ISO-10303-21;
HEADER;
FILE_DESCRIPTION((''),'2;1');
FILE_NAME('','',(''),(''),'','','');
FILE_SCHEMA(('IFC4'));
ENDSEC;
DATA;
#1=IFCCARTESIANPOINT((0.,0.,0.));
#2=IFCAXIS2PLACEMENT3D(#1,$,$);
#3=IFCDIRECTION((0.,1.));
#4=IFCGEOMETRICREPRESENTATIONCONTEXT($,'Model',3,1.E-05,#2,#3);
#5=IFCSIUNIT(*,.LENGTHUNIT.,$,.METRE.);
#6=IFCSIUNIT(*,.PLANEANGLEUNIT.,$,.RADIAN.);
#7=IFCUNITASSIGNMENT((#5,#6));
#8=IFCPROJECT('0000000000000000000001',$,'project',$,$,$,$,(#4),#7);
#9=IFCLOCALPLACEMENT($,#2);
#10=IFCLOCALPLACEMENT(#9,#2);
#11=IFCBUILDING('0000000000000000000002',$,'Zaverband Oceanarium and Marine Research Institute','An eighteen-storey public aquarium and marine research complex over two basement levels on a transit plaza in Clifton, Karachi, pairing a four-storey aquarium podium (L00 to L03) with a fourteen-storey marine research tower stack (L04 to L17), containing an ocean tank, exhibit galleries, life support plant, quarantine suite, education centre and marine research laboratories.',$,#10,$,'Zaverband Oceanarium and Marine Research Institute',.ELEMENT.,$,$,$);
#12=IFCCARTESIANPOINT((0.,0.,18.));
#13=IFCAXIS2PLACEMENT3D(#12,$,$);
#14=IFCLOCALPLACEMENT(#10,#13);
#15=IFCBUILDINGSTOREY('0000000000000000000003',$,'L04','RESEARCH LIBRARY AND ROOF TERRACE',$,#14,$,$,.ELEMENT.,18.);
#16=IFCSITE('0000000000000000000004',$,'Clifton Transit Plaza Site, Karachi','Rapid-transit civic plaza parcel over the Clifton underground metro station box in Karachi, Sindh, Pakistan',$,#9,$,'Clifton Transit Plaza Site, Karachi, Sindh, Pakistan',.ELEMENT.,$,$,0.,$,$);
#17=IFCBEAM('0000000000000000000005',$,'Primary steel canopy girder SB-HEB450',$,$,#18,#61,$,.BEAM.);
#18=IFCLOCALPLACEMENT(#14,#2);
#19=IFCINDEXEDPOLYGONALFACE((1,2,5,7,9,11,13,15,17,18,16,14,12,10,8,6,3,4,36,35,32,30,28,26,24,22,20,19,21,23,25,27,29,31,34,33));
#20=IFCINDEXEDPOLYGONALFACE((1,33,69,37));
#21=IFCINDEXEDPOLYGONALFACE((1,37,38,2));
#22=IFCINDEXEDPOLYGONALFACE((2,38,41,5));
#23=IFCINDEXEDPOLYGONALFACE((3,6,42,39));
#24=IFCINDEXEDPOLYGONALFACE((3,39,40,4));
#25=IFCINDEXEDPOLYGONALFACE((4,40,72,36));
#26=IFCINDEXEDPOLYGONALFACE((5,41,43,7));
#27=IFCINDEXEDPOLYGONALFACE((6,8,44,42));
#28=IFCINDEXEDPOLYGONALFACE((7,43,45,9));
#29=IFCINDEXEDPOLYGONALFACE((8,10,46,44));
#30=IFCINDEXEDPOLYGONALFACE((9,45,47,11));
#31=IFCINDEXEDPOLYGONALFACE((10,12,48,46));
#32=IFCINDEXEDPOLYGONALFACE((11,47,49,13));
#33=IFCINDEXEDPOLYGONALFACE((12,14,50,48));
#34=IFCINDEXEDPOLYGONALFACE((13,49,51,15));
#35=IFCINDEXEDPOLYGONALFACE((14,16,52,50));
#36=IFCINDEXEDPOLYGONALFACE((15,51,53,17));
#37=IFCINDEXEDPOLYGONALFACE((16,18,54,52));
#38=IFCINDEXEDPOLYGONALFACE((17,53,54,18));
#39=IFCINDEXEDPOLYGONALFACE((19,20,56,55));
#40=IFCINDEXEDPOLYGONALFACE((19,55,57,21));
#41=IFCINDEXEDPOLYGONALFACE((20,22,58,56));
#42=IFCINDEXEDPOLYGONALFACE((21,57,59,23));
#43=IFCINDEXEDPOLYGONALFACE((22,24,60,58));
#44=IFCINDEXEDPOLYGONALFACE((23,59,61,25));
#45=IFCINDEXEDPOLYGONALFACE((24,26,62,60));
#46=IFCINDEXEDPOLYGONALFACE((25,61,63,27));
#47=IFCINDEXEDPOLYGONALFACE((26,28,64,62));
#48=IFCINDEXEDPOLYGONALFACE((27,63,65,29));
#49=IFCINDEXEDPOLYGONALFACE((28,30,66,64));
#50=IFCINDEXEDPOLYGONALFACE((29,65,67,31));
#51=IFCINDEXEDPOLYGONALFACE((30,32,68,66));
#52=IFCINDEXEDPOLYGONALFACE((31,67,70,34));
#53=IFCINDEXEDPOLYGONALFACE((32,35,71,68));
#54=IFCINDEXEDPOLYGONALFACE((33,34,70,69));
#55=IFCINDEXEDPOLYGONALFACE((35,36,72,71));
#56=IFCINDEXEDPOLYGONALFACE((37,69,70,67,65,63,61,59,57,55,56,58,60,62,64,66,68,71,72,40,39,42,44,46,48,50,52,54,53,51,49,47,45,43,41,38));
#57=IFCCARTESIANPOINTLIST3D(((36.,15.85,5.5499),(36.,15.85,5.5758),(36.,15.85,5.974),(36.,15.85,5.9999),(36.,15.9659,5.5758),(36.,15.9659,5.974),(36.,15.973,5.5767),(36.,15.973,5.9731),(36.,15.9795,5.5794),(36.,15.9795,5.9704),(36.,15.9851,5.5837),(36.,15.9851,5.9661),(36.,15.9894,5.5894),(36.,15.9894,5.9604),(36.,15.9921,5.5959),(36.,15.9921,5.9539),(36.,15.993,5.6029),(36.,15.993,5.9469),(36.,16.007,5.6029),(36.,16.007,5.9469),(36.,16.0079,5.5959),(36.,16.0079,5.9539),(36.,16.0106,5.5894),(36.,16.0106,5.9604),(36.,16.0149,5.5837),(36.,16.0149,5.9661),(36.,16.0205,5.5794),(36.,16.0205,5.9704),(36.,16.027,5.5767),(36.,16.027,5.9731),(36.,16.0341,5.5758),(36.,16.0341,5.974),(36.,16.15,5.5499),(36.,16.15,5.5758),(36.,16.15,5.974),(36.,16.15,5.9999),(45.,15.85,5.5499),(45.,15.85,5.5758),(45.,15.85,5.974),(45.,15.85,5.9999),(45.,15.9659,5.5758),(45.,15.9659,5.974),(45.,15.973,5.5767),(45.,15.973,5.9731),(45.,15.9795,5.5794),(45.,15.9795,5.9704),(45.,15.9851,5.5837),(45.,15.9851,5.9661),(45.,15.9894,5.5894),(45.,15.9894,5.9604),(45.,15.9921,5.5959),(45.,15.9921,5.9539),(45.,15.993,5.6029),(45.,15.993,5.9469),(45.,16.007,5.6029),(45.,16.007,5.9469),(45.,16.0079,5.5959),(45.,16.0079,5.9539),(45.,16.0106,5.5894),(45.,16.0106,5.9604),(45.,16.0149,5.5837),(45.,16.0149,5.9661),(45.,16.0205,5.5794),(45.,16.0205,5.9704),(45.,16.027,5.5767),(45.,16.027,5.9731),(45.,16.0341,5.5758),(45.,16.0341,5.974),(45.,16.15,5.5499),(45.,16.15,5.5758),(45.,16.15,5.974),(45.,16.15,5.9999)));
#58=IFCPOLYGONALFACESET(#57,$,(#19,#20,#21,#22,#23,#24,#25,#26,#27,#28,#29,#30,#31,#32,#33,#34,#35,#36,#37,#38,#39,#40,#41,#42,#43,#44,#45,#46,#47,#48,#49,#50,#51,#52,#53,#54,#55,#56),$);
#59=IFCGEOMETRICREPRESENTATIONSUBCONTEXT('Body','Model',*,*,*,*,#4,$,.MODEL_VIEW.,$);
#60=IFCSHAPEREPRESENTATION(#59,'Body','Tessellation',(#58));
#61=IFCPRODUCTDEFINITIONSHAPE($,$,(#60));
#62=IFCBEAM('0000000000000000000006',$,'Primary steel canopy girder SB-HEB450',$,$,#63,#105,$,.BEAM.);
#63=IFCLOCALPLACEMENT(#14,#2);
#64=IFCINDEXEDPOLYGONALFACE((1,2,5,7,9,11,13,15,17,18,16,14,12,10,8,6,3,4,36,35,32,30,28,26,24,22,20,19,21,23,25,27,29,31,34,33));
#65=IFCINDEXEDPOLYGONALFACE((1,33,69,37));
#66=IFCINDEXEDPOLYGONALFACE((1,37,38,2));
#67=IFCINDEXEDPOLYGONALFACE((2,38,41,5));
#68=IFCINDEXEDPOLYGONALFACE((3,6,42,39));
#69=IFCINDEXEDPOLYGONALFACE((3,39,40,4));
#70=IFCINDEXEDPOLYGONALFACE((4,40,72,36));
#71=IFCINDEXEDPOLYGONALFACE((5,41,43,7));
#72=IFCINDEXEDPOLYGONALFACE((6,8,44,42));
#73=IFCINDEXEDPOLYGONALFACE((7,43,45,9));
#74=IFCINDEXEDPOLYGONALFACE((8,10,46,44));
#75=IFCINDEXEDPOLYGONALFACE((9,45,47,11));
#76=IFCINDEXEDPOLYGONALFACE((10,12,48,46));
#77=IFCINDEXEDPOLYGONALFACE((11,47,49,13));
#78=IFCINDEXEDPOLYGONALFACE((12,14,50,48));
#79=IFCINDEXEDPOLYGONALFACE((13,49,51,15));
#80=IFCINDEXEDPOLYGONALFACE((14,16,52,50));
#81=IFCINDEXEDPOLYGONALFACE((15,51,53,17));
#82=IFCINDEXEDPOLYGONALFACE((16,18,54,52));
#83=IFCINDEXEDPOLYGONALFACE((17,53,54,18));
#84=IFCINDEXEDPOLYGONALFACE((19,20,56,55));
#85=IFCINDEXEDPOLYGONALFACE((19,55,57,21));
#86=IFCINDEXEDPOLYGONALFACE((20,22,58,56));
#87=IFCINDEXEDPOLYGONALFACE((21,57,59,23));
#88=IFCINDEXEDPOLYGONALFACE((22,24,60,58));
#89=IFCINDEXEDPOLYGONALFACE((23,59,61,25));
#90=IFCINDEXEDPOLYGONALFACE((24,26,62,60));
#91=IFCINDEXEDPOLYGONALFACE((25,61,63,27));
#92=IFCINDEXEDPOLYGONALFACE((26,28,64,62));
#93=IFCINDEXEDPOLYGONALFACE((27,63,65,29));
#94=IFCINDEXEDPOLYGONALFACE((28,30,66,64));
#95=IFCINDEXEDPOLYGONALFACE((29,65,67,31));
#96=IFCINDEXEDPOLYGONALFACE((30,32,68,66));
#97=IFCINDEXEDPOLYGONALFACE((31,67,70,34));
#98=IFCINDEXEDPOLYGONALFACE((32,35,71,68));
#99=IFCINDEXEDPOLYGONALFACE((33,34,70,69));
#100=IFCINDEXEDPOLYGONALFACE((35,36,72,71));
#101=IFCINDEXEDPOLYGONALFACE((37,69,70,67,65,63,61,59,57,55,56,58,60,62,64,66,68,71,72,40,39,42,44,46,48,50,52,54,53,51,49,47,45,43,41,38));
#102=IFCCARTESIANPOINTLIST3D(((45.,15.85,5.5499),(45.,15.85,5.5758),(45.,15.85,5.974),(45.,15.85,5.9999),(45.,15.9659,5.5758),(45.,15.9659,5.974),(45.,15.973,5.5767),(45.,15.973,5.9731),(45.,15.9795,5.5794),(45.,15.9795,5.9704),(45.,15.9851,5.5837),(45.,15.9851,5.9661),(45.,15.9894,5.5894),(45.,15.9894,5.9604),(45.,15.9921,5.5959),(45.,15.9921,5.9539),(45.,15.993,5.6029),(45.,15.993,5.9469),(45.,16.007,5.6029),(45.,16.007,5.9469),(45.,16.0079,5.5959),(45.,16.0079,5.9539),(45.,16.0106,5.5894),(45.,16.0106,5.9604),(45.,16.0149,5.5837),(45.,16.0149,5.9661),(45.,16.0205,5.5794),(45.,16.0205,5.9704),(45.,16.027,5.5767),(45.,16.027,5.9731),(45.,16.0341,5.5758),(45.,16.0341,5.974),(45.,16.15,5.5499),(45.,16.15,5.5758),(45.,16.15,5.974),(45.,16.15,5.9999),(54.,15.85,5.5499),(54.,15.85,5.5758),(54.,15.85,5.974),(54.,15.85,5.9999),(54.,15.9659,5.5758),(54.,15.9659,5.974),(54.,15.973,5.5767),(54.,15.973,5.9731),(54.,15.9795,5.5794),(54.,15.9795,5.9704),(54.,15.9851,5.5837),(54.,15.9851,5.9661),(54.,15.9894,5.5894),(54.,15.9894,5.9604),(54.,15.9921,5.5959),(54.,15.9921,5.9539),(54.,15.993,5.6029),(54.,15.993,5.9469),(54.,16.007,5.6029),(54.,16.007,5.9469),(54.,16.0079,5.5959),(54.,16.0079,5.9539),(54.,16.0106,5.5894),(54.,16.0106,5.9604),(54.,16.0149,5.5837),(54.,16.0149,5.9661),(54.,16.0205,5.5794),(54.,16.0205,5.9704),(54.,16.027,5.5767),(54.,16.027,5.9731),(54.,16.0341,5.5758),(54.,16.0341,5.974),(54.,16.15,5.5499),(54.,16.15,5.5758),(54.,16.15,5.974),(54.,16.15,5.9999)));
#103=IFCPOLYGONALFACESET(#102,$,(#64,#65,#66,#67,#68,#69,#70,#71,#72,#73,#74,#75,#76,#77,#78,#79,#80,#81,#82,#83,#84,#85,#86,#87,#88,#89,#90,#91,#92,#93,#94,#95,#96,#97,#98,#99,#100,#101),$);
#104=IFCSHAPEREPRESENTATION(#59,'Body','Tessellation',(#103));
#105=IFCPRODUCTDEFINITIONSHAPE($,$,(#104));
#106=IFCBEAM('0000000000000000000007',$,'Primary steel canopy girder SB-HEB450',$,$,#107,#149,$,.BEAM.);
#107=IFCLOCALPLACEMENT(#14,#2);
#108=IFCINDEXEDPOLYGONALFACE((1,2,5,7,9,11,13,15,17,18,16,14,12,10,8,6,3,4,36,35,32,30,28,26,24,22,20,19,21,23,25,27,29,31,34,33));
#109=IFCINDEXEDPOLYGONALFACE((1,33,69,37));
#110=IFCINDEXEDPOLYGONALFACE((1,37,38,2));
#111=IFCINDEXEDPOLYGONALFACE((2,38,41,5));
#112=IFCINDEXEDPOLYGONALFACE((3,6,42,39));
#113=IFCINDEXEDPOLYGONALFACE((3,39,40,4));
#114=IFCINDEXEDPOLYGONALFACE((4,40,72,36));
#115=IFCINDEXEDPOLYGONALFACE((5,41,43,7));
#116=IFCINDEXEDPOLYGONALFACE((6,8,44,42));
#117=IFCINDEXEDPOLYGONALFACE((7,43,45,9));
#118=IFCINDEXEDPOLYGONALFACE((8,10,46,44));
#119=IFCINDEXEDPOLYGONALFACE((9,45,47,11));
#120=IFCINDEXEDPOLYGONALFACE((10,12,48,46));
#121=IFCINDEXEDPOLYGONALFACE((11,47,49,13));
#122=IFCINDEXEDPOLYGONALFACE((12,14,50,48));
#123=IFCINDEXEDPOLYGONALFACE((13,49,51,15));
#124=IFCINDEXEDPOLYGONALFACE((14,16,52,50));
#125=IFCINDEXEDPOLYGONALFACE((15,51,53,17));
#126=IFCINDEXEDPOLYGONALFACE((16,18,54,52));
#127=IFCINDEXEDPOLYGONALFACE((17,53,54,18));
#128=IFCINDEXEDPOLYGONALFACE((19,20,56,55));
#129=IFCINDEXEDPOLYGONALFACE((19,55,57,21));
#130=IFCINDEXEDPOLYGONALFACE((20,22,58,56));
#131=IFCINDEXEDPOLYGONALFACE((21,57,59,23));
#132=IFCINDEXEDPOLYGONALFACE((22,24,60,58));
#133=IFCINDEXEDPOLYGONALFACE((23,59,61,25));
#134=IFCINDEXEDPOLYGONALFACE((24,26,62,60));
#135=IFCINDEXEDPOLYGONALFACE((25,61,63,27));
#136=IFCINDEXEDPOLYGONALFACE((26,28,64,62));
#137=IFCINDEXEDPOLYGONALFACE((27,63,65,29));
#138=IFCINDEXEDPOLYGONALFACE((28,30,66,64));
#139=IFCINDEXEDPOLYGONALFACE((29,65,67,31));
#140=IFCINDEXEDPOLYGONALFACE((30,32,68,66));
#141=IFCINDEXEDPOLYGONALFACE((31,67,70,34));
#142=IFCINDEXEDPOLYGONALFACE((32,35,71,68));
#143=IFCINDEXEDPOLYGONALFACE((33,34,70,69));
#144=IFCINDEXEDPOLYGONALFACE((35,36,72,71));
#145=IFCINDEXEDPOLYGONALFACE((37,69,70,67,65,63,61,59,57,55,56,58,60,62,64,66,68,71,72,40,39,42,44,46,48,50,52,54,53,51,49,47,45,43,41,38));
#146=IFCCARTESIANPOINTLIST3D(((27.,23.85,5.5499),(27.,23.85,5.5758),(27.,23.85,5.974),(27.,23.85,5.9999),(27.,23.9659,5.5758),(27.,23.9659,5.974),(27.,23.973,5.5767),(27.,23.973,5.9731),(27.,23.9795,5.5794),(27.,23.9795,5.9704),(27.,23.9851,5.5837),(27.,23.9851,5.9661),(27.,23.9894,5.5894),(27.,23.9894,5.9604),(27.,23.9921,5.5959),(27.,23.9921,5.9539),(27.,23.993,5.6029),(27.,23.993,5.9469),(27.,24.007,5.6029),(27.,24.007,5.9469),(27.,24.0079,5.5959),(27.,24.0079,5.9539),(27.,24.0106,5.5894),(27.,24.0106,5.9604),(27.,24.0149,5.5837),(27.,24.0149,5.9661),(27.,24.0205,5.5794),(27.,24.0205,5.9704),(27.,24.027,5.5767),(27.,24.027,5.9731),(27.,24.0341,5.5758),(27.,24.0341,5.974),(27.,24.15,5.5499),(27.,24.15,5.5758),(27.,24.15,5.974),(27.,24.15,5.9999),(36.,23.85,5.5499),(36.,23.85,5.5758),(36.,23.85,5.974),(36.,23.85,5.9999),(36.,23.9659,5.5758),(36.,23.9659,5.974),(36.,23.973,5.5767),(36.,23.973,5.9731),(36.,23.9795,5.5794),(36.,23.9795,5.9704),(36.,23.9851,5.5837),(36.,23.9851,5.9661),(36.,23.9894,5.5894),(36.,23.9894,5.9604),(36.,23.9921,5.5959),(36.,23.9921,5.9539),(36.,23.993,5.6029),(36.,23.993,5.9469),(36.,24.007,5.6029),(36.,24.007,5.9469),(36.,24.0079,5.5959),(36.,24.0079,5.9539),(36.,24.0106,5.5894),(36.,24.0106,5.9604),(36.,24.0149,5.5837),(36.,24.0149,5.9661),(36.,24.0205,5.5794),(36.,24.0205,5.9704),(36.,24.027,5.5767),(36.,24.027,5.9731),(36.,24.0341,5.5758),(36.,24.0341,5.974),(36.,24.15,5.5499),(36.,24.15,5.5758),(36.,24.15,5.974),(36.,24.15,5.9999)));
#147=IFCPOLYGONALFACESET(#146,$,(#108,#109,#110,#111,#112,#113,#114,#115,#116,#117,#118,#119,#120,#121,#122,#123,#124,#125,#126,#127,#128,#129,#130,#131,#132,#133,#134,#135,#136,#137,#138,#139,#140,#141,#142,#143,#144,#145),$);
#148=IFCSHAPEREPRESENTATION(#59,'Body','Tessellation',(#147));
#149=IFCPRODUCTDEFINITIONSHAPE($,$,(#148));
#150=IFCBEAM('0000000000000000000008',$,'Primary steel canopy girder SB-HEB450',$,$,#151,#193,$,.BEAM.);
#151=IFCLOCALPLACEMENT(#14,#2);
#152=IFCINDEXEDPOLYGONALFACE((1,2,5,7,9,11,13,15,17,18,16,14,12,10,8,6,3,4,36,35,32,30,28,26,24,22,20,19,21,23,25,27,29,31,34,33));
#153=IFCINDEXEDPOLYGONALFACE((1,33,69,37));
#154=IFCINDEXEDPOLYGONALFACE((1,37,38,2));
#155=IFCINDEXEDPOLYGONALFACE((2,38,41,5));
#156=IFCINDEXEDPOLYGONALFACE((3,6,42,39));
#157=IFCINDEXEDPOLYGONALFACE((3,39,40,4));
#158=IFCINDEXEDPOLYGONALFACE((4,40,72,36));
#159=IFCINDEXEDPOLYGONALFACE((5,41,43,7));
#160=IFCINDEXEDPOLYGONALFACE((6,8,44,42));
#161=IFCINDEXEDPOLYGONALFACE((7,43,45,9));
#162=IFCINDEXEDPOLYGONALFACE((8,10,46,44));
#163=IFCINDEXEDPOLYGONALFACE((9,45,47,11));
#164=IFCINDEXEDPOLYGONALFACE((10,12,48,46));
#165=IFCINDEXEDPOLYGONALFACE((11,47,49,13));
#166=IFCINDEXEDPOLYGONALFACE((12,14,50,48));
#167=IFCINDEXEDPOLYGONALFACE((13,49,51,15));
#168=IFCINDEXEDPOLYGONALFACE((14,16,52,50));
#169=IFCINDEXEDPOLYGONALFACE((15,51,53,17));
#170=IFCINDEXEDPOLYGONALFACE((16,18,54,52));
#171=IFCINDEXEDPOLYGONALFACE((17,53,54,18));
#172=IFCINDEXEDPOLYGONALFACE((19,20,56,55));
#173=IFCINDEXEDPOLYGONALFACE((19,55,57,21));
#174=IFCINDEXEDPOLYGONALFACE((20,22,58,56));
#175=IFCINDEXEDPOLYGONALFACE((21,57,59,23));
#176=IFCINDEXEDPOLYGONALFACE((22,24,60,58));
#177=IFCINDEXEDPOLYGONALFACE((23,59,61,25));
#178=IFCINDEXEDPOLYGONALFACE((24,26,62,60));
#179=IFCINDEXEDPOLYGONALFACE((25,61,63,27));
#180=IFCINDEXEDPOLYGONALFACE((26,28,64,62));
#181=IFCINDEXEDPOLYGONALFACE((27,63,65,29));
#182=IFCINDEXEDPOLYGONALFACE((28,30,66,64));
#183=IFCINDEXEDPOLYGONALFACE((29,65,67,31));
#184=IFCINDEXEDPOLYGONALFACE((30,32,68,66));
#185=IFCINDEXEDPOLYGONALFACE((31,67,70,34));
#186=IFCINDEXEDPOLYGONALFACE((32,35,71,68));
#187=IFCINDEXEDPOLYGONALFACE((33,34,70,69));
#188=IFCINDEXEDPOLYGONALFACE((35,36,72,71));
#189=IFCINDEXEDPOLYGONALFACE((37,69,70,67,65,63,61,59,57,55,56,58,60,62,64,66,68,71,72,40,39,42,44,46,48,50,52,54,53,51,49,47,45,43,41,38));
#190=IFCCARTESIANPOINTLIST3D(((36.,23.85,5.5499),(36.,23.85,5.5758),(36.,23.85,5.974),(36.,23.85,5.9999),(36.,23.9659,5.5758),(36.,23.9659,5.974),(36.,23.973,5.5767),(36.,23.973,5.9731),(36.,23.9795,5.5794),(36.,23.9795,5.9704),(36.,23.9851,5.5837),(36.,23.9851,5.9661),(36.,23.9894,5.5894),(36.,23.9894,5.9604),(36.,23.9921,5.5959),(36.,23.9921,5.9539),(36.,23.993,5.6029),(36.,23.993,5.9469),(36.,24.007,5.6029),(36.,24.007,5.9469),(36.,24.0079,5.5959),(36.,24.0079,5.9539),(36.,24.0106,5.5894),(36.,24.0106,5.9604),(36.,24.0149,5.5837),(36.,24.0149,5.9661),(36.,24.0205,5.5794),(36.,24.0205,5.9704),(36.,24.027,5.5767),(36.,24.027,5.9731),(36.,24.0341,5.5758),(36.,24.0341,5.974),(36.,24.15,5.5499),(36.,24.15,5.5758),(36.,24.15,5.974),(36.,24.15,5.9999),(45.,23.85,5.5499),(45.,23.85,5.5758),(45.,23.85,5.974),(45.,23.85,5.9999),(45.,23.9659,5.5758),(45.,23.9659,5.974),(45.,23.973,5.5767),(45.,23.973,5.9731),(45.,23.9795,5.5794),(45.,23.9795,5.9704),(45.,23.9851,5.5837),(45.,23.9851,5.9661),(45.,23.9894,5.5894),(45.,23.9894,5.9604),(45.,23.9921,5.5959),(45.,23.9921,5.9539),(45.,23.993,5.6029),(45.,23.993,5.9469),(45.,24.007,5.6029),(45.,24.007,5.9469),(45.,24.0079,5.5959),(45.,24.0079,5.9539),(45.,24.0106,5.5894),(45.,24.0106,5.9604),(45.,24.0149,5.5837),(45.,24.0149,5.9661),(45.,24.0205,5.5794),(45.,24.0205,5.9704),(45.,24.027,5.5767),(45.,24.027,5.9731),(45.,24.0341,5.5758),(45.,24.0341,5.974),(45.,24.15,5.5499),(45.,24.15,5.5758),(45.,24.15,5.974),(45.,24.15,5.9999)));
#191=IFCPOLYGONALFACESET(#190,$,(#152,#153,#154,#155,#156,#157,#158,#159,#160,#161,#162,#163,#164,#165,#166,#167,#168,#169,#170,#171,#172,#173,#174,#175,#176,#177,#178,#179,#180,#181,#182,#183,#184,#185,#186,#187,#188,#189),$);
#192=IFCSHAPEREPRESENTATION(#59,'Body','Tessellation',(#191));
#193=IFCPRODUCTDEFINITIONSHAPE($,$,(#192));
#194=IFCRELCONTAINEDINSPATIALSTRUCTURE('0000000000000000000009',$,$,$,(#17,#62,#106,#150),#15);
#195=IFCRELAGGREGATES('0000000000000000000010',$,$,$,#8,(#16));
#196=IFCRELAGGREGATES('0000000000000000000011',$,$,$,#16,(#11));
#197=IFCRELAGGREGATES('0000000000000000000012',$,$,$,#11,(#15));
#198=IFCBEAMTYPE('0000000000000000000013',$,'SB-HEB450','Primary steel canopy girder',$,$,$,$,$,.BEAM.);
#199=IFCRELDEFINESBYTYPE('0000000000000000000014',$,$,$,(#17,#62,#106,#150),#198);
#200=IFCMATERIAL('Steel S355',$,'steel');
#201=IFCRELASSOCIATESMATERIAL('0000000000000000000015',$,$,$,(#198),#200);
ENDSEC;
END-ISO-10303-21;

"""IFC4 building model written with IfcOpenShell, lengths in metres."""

from ifc_helpers import new_model, si_unit, direction, frame, origin, origin_2d, place, context, subcontext, project, spatial, i_section, extrude, material, material_profile, profile_set, type_object, element, save


model = new_model("IFC4")

# Units and contexts
model_context = context("Model", 3, precision=1e-05, world=origin(), true_north=direction((0.0, 1.0)))
body_context = subcontext(model_context, "Body", "Model", "MODEL_VIEW")
ifc_project = project(units=[si_unit("LENGTHUNIT", "METRE"), si_unit("PLANEANGLEUNIT", "RADIAN")], contexts=[model_context])

# Site, building, storey
site_placement = place(None, origin())
site = spatial("IfcSite", under=ifc_project, at=site_placement, Name="Clifton Transit Plaza Site, Karachi", Description="Rapid-transit civic plaza parcel over the Clifton underground metro station box in Karachi, Sindh, Pakistan", LongName="Clifton Transit Plaza Site, Karachi, Sindh, Pakistan", CompositionType="ELEMENT", RefElevation=0.0)
building_placement = place(site_placement, origin())
building = spatial("IfcBuilding", under=site, at=building_placement, Name="Zaverband Oceanarium and Marine Research Institute", Description="An eighteen-storey public aquarium and marine research complex over two basement levels on a transit plaza in Clifton, Karachi, pairing a four-storey aquarium podium (L00 to L03) with a fourteen-storey marine research tower stack (L04 to L17), containing an ocean tank, exhibit galleries, life support plant, quarantine suite, education centre and marine research laboratories.", LongName="Zaverband Oceanarium and Marine Research Institute", CompositionType="ELEMENT")
storey_placement = place(building_placement, frame((0.0, 0.0, 18.0)))
storey = spatial("IfcBuildingStorey", under=building, at=storey_placement, Name="L04", Description="RESEARCH LIBRARY AND ROOF TERRACE", CompositionType="ELEMENT", Elevation=18.0)

# Beams
ifc_material_1 = material(Name="Steel S355", Category="steel")
ifc_material_profile_1 = material_profile(ifc_material_1, i_section(OverallWidth=0.3, OverallDepth=0.45, WebThickness=0.0139, FlangeThickness=0.0259, FilletRadius=0.0271, at=origin_2d()), Name="HEB450")
ifc_profile_set_1 = profile_set([ifc_material_profile_1], Name="Steel S355")
beam_type = type_object("IfcBeamType", Name="SB-HEB450", Description="Primary steel canopy girder", PredefinedType="BEAM", material=ifc_profile_set_1)
for number, where, z_axis, x_axis, name in (
    (1, (36.0, 16.0, 5.7749), (1.0, 0.0, 0.0), (0.0, 1.0, 0.0), "Primary steel canopy girder SB-HEB450"),
    (2, (45.0, 16.0, 5.7749), (1.0, 0.0, 0.0), (0.0, 1.0, 0.0), "Primary steel canopy girder SB-HEB450"),
    (3, (27.0, 24.0, 5.7749), (1.0, 0.0, 0.0), (0.0, 1.0, 0.0), "Primary steel canopy girder SB-HEB450"),
    (4, (36.0, 24.0, 5.7749), (1.0, 0.0, 0.0), (0.0, 1.0, 0.0), "Primary steel canopy girder SB-HEB450"),
):
    element("IfcBeam", number, at=place(storey_placement, frame(where, z_axis=z_axis, x_axis=x_axis)), inside=storey, type_object=beam_type, Name=name, PredefinedType="BEAM", context=body_context, shape_type="SweptSolid", body=[
        extrude(i_section(OverallWidth=0.3, OverallDepth=0.45, WebThickness=0.0139, FlangeThickness=0.0259, FilletRadius=0.0271, at=origin_2d()), origin(), (0.0, 0.0, 1.0), 9.0),
    ])

save(model, "model.ifc")
